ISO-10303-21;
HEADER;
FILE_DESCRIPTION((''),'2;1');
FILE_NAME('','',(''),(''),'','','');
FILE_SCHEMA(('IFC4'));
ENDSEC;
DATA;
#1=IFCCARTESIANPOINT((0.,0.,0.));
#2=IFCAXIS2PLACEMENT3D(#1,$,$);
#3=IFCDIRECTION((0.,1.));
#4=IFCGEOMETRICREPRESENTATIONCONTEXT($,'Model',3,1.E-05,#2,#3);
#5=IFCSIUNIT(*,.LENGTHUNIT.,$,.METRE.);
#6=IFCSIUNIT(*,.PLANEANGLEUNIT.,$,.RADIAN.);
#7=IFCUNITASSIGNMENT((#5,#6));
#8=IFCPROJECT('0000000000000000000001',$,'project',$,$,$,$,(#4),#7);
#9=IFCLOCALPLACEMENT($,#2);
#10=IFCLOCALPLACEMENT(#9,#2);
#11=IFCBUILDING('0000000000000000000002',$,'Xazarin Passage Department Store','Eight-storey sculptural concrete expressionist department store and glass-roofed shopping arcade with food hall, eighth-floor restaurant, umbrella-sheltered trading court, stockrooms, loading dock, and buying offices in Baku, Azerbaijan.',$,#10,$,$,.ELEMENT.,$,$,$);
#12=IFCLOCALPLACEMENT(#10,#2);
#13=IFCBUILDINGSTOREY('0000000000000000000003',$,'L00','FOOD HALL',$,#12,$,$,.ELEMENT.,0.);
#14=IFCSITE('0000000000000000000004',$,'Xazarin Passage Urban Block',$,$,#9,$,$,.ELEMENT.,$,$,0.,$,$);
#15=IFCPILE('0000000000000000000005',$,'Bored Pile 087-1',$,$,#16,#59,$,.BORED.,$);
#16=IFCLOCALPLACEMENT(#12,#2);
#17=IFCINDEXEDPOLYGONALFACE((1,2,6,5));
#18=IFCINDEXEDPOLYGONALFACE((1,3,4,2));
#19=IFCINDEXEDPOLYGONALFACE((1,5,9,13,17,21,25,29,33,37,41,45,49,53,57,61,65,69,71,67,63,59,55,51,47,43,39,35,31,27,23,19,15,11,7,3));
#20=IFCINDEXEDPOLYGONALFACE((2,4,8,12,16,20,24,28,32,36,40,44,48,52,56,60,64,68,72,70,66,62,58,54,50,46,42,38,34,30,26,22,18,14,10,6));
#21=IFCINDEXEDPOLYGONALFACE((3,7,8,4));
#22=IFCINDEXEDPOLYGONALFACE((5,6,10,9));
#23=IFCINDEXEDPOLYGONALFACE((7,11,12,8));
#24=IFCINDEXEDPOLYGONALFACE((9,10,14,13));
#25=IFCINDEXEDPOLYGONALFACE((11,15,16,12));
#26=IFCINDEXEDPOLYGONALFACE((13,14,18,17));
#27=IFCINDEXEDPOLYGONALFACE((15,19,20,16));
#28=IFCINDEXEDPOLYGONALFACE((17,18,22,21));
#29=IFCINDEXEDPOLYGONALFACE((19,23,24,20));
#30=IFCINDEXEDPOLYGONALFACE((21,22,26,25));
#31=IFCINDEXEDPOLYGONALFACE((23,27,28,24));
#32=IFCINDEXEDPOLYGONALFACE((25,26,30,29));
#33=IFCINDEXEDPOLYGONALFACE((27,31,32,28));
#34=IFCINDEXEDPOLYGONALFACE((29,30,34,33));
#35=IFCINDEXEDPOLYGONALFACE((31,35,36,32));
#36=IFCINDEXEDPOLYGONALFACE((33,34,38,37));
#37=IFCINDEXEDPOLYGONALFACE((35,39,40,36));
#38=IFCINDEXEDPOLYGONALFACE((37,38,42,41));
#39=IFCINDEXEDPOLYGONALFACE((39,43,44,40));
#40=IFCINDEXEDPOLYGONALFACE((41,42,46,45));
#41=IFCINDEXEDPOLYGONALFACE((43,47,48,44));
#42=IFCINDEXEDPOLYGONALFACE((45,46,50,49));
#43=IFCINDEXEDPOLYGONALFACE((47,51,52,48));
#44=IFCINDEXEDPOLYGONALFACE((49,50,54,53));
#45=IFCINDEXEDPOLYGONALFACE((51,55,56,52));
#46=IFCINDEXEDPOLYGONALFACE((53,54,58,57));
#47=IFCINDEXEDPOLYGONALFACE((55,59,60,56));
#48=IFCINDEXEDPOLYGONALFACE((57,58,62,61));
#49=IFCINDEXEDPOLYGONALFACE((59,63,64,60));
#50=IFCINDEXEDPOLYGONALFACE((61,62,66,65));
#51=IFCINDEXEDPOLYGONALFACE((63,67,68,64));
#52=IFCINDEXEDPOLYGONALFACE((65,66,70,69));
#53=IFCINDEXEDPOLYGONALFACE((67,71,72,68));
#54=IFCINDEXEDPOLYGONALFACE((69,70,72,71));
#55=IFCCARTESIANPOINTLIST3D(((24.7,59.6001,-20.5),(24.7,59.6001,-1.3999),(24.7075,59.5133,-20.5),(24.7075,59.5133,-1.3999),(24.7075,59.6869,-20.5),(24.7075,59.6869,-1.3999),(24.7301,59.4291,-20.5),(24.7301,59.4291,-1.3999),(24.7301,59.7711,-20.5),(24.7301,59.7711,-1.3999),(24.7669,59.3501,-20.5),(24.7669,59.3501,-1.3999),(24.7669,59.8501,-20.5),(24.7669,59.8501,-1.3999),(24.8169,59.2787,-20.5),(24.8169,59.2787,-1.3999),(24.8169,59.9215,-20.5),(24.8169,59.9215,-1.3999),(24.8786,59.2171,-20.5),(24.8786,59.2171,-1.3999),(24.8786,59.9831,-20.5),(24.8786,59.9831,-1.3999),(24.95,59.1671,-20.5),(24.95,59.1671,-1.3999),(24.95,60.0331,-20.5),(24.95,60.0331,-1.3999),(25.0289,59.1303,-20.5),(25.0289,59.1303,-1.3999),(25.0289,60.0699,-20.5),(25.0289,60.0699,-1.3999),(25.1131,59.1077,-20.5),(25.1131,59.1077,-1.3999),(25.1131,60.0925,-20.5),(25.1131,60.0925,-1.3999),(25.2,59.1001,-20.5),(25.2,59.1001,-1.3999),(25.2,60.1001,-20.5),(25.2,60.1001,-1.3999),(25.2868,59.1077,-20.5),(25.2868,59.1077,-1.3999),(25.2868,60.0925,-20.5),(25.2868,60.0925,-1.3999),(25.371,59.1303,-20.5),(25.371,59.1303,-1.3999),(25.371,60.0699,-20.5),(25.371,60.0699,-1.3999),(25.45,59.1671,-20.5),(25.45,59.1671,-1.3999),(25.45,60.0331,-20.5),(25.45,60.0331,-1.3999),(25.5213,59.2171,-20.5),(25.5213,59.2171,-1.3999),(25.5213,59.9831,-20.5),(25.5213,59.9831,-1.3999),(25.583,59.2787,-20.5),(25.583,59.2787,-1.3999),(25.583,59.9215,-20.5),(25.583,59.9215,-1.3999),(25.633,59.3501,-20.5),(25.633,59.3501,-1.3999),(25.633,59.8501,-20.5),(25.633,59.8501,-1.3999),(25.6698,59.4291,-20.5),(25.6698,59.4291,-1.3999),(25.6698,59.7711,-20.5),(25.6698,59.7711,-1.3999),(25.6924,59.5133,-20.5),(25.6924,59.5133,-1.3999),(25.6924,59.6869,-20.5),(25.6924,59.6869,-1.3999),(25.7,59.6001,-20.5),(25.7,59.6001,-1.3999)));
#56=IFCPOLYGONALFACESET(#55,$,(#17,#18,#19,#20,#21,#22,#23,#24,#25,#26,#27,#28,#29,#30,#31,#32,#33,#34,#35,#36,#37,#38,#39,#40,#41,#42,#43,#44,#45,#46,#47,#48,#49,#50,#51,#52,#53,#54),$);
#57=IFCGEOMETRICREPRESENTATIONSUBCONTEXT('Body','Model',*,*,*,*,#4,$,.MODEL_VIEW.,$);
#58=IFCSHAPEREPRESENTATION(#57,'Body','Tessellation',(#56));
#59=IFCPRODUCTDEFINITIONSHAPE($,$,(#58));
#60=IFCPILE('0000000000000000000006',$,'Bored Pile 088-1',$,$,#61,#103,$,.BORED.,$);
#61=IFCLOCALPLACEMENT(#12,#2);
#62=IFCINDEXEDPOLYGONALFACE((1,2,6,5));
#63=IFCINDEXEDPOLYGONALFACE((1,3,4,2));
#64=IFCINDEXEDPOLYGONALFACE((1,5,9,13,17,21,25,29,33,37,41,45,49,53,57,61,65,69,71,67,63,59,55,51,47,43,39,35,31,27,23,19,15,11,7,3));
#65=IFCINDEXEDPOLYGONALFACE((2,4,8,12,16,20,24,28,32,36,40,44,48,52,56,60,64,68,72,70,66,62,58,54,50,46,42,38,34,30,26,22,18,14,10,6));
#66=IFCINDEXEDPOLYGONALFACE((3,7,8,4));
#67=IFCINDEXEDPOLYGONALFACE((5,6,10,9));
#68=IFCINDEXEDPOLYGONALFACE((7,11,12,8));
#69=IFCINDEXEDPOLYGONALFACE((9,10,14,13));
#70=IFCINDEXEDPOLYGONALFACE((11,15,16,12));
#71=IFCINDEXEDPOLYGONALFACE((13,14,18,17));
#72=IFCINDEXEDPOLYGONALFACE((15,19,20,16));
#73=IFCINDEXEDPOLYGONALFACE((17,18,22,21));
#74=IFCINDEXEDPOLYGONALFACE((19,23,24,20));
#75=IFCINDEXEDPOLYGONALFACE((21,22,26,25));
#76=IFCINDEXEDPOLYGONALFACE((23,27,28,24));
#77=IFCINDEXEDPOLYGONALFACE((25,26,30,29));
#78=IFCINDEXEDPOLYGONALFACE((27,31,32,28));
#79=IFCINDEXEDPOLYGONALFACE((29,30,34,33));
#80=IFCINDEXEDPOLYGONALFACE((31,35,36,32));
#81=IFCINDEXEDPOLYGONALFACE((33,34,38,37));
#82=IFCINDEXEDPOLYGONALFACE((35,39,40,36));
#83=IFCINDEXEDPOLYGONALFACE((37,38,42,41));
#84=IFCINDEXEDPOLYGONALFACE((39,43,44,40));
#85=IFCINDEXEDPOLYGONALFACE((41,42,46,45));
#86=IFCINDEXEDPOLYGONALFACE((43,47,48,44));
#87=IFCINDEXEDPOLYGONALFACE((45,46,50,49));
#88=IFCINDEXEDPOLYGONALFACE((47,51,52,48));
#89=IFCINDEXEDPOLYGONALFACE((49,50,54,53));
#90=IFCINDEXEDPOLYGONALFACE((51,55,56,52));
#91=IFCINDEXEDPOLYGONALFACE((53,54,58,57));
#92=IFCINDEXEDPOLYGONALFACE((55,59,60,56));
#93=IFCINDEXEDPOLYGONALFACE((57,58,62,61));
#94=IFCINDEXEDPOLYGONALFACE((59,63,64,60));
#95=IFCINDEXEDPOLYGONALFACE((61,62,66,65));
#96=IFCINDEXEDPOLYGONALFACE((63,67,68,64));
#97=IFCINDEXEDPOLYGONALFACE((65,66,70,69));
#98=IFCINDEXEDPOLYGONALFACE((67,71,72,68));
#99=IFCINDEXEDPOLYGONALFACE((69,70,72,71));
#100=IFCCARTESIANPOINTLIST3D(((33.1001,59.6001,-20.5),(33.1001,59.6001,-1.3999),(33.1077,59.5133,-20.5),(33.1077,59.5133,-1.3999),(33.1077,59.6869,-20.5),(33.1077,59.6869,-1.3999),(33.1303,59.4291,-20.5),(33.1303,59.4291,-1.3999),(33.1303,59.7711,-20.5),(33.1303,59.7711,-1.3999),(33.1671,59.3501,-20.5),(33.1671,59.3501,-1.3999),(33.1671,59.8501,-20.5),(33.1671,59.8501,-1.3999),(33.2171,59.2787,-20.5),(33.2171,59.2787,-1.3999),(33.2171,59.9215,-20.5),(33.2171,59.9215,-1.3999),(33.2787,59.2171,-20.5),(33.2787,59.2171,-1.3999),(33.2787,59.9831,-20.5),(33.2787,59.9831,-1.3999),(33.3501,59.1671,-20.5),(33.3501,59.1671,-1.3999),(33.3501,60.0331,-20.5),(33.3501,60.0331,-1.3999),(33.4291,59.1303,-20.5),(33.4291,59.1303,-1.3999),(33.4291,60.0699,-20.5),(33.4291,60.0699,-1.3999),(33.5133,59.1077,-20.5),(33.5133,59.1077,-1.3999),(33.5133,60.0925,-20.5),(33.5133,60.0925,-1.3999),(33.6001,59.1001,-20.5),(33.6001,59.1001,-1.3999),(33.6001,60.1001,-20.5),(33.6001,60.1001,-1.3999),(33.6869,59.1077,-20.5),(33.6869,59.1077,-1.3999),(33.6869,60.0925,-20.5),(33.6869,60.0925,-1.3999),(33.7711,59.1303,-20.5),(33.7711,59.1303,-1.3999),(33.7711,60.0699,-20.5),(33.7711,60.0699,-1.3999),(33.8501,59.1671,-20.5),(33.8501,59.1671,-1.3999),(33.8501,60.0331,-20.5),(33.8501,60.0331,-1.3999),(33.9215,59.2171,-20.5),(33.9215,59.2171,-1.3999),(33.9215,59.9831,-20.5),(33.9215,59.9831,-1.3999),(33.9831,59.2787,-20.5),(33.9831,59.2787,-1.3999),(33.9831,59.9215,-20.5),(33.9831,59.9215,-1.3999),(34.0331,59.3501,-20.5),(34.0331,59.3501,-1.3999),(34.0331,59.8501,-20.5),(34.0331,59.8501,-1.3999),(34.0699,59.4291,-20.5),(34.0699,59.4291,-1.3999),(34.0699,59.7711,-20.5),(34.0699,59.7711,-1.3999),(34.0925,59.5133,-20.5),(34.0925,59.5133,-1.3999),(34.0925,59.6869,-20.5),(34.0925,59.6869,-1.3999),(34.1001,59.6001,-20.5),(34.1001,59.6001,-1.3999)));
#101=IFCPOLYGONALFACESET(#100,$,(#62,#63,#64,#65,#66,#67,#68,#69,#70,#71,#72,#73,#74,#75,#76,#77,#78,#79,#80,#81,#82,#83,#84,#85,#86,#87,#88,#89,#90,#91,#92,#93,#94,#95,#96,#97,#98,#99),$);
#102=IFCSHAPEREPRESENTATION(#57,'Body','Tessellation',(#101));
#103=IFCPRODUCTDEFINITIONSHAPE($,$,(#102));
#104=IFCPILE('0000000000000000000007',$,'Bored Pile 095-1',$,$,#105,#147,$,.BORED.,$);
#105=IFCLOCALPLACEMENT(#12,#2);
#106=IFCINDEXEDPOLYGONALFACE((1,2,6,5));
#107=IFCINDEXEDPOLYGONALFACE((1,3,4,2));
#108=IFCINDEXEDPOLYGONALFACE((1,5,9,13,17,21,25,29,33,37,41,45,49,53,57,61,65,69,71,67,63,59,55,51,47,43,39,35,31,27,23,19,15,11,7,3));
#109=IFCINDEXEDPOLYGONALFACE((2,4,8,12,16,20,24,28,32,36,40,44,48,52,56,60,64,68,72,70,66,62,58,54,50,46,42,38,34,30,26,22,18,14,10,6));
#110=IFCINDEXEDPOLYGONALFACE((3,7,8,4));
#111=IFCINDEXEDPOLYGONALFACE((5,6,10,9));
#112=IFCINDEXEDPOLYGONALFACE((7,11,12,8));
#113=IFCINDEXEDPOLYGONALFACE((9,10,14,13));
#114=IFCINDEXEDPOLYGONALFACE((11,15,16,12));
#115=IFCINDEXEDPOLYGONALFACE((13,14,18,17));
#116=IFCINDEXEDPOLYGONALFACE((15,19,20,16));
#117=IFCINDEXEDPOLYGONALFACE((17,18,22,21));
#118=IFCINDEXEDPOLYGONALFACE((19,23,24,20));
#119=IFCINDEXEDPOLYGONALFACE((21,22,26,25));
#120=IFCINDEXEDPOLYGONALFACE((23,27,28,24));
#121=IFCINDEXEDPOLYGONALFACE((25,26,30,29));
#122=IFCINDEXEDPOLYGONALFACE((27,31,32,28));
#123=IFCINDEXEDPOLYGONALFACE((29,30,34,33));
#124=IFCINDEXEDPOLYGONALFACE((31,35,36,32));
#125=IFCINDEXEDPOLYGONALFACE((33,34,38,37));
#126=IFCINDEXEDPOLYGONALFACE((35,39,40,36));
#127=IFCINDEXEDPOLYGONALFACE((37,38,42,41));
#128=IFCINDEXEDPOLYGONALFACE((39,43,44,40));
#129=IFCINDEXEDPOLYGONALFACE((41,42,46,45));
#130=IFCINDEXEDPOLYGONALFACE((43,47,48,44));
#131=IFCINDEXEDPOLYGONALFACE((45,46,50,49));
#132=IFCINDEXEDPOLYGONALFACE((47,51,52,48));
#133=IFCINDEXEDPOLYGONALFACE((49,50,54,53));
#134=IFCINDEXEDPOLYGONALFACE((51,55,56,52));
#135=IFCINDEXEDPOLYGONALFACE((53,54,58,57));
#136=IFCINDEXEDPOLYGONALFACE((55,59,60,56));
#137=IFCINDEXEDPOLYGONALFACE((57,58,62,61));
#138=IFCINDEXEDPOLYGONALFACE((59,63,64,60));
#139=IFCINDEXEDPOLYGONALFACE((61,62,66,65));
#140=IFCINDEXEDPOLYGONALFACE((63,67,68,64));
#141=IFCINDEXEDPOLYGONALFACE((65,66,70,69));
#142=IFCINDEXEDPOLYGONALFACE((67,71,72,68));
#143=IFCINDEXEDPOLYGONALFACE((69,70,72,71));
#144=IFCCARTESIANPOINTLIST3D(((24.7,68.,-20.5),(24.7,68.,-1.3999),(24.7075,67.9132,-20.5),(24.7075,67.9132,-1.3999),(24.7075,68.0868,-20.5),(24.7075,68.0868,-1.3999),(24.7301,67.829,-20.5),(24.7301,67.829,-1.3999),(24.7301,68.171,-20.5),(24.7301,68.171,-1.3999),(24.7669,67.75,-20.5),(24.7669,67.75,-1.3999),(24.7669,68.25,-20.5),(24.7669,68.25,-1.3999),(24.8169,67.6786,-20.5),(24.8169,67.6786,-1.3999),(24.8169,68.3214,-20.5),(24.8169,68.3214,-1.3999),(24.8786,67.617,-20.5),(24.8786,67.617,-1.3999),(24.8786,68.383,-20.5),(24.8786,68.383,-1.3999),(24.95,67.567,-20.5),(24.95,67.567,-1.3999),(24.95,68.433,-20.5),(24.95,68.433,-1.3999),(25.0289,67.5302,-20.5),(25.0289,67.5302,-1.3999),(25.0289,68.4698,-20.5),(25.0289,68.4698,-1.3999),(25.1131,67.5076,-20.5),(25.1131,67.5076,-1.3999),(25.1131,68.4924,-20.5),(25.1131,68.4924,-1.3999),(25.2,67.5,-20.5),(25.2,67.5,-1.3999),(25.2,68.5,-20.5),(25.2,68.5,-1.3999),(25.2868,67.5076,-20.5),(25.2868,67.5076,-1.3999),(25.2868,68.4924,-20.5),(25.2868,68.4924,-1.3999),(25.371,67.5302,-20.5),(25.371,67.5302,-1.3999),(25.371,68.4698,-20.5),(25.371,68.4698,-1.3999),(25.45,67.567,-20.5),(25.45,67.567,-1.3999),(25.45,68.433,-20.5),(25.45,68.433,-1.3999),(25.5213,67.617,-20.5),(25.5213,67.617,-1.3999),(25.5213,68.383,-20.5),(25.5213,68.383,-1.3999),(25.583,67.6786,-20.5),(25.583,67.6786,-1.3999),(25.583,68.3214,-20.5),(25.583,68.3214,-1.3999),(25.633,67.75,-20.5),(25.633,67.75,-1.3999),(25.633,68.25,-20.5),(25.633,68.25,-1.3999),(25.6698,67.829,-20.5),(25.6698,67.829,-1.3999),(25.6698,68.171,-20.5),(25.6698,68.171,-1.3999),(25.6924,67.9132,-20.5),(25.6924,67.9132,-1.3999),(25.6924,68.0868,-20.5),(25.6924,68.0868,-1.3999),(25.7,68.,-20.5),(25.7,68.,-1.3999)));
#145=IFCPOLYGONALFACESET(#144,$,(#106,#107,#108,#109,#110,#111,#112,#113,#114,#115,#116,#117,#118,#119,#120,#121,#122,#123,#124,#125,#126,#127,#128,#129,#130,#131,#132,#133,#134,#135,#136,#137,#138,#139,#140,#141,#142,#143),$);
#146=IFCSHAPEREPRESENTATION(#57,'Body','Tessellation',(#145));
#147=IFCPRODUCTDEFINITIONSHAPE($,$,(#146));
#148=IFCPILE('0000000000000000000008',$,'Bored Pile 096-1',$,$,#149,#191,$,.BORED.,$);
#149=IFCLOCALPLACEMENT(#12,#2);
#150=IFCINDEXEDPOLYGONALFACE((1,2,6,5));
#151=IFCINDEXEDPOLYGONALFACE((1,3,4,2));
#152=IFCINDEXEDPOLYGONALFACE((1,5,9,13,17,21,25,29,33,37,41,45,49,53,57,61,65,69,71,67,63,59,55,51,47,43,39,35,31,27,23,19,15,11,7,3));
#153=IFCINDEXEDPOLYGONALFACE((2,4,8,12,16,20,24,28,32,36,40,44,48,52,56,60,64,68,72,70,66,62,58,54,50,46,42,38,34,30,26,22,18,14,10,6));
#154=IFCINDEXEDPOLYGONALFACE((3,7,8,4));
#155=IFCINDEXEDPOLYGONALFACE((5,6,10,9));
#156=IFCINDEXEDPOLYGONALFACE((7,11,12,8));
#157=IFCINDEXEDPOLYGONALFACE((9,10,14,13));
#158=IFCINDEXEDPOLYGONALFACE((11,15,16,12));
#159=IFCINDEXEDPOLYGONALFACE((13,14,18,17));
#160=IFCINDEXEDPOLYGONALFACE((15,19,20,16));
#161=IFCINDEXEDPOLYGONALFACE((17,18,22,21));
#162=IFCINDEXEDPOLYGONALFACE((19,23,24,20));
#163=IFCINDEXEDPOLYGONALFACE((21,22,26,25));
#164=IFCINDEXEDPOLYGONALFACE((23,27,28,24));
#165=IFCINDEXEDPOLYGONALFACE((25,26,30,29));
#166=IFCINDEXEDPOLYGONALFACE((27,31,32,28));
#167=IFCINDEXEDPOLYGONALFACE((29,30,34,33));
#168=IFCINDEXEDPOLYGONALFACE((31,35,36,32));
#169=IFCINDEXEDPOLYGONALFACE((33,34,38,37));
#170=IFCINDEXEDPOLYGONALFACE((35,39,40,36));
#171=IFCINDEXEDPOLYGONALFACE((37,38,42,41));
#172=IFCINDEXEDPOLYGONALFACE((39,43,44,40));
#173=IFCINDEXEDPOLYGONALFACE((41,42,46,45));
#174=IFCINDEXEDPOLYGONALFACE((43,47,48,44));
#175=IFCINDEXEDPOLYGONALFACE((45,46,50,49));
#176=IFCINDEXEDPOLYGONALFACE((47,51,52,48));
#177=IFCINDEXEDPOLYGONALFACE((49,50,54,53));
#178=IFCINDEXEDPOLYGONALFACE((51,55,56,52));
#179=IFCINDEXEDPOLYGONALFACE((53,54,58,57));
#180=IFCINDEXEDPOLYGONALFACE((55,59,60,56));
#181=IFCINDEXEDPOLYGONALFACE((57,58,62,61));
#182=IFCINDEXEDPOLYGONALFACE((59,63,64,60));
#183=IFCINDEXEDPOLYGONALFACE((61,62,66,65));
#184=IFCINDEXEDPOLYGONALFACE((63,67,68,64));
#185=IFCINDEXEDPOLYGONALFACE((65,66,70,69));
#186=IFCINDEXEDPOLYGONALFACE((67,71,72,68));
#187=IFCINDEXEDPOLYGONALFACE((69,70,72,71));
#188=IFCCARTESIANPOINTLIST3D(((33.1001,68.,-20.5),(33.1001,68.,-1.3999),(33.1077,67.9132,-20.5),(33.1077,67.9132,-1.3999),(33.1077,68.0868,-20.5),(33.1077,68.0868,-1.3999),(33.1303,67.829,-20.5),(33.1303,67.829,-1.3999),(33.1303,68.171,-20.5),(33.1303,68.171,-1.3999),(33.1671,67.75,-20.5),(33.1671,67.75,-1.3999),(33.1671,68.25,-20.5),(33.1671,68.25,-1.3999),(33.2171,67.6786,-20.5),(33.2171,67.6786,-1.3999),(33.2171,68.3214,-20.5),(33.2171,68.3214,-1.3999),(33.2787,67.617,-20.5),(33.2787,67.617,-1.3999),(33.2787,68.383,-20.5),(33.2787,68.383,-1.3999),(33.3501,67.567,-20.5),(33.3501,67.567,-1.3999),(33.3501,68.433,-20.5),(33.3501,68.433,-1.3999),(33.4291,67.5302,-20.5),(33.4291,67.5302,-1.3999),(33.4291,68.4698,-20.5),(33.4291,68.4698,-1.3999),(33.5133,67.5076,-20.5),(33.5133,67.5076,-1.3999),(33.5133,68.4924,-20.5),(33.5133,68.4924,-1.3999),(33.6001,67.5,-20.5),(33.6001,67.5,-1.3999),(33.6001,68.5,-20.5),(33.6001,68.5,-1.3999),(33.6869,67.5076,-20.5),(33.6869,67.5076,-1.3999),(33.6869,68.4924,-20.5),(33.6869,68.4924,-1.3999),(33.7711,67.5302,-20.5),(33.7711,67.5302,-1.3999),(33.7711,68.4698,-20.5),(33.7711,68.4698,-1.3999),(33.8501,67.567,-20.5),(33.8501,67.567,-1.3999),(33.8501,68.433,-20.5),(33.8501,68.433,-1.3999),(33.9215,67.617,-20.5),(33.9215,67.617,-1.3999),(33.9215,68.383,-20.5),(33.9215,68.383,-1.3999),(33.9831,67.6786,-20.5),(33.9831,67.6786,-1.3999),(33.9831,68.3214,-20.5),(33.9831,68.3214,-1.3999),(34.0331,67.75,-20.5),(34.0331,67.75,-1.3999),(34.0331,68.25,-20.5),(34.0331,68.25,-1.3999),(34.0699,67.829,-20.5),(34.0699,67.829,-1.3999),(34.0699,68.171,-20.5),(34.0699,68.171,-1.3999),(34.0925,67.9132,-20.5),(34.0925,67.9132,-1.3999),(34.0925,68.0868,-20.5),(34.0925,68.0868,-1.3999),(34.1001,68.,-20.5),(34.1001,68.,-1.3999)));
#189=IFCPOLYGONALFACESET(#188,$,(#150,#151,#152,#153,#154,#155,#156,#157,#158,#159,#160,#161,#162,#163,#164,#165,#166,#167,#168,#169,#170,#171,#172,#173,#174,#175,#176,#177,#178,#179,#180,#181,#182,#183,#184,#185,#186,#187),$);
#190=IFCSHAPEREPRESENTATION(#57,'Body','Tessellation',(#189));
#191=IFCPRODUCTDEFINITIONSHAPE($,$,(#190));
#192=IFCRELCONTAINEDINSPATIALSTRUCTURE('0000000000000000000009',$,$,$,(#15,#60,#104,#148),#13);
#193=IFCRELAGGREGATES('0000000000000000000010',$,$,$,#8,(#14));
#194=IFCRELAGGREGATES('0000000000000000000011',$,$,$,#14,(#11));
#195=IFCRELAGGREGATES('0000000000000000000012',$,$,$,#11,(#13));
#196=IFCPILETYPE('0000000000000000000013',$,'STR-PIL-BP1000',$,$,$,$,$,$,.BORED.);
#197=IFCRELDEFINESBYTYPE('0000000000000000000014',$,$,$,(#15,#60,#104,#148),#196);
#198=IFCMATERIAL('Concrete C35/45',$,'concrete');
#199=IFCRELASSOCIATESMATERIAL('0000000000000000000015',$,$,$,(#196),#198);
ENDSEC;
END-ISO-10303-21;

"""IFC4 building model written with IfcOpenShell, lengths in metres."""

from ifc_helpers import new_model, si_unit, direction, frame, origin, origin_2d, place, context, subcontext, project, spatial, circle, extrude, material, material_profile, profile_set, type_object, element, save


model = new_model("IFC4")

# Units and contexts
model_context = context("Model", 3, precision=1e-05, world=origin(), true_north=direction((0.0, 1.0)))
body_context = subcontext(model_context, "Body", "Model", "MODEL_VIEW")
ifc_project = project(units=[si_unit("LENGTHUNIT", "METRE"), si_unit("PLANEANGLEUNIT", "RADIAN")], contexts=[model_context])

# Site, building, storey
site_placement = place(None, origin())
site = spatial("IfcSite", under=ifc_project, at=site_placement, Name="Xazarin Passage Urban Block", CompositionType="ELEMENT", RefElevation=0.0)
building_placement = place(site_placement, origin())
building = spatial("IfcBuilding", under=site, at=building_placement, Name="Xazarin Passage Department Store", Description="Eight-storey sculptural concrete expressionist department store and glass-roofed shopping arcade with food hall, eighth-floor restaurant, umbrella-sheltered trading court, stockrooms, loading dock, and buying offices in Baku, Azerbaijan.", CompositionType="ELEMENT")
storey_placement = place(building_placement, origin())
storey = spatial("IfcBuildingStorey", under=building, at=storey_placement, Name="L00", Description="FOOD HALL", CompositionType="ELEMENT", Elevation=0.0)

# Shared definitions
ifc_material_1 = material(Name="Concrete C35/45", Category="concrete")

# Piles
ifc_material_profile_1 = material_profile(ifc_material_1, circle(Radius=0.5, at=origin_2d()), Name="BP 1000")
ifc_profile_set_1 = profile_set([ifc_material_profile_1], Name="Concrete C35/45")
pile_type_1 = type_object("IfcPileType", Name="STR-PIL-BP1000", PredefinedType="BORED", material=ifc_profile_set_1)
for number, where, z_axis, x_axis, name in (
    (1, (25.2, 59.6001, -1.3999), (0.0, 0.0, -1.0), (1.0, 0.0, 0.0), "Bored Pile 087-1"),
    (2, (33.6001, 59.6001, -1.3999), (0.0, 0.0, -1.0), (1.0, 0.0, 0.0), "Bored Pile 088-1"),
    (3, (25.2, 68.0, -1.3999), (0.0, 0.0, -1.0), (1.0, 0.0, 0.0), "Bored Pile 095-1"),
    (4, (33.6001, 68.0, -1.3999), (0.0, 0.0, -1.0), (1.0, 0.0, 0.0), "Bored Pile 096-1"),
):
    element("IfcPile", number, at=place(storey_placement, frame(where, z_axis=z_axis, x_axis=x_axis)), inside=storey, type_object=pile_type_1, Name=name, PredefinedType="BORED", context=body_context, shape_type="SweptSolid", body=[
        extrude(circle(Radius=0.5, at=origin_2d()), origin(), (0.0, 0.0, 1.0), 19.1001),
    ])

save(model, "model.ifc")
